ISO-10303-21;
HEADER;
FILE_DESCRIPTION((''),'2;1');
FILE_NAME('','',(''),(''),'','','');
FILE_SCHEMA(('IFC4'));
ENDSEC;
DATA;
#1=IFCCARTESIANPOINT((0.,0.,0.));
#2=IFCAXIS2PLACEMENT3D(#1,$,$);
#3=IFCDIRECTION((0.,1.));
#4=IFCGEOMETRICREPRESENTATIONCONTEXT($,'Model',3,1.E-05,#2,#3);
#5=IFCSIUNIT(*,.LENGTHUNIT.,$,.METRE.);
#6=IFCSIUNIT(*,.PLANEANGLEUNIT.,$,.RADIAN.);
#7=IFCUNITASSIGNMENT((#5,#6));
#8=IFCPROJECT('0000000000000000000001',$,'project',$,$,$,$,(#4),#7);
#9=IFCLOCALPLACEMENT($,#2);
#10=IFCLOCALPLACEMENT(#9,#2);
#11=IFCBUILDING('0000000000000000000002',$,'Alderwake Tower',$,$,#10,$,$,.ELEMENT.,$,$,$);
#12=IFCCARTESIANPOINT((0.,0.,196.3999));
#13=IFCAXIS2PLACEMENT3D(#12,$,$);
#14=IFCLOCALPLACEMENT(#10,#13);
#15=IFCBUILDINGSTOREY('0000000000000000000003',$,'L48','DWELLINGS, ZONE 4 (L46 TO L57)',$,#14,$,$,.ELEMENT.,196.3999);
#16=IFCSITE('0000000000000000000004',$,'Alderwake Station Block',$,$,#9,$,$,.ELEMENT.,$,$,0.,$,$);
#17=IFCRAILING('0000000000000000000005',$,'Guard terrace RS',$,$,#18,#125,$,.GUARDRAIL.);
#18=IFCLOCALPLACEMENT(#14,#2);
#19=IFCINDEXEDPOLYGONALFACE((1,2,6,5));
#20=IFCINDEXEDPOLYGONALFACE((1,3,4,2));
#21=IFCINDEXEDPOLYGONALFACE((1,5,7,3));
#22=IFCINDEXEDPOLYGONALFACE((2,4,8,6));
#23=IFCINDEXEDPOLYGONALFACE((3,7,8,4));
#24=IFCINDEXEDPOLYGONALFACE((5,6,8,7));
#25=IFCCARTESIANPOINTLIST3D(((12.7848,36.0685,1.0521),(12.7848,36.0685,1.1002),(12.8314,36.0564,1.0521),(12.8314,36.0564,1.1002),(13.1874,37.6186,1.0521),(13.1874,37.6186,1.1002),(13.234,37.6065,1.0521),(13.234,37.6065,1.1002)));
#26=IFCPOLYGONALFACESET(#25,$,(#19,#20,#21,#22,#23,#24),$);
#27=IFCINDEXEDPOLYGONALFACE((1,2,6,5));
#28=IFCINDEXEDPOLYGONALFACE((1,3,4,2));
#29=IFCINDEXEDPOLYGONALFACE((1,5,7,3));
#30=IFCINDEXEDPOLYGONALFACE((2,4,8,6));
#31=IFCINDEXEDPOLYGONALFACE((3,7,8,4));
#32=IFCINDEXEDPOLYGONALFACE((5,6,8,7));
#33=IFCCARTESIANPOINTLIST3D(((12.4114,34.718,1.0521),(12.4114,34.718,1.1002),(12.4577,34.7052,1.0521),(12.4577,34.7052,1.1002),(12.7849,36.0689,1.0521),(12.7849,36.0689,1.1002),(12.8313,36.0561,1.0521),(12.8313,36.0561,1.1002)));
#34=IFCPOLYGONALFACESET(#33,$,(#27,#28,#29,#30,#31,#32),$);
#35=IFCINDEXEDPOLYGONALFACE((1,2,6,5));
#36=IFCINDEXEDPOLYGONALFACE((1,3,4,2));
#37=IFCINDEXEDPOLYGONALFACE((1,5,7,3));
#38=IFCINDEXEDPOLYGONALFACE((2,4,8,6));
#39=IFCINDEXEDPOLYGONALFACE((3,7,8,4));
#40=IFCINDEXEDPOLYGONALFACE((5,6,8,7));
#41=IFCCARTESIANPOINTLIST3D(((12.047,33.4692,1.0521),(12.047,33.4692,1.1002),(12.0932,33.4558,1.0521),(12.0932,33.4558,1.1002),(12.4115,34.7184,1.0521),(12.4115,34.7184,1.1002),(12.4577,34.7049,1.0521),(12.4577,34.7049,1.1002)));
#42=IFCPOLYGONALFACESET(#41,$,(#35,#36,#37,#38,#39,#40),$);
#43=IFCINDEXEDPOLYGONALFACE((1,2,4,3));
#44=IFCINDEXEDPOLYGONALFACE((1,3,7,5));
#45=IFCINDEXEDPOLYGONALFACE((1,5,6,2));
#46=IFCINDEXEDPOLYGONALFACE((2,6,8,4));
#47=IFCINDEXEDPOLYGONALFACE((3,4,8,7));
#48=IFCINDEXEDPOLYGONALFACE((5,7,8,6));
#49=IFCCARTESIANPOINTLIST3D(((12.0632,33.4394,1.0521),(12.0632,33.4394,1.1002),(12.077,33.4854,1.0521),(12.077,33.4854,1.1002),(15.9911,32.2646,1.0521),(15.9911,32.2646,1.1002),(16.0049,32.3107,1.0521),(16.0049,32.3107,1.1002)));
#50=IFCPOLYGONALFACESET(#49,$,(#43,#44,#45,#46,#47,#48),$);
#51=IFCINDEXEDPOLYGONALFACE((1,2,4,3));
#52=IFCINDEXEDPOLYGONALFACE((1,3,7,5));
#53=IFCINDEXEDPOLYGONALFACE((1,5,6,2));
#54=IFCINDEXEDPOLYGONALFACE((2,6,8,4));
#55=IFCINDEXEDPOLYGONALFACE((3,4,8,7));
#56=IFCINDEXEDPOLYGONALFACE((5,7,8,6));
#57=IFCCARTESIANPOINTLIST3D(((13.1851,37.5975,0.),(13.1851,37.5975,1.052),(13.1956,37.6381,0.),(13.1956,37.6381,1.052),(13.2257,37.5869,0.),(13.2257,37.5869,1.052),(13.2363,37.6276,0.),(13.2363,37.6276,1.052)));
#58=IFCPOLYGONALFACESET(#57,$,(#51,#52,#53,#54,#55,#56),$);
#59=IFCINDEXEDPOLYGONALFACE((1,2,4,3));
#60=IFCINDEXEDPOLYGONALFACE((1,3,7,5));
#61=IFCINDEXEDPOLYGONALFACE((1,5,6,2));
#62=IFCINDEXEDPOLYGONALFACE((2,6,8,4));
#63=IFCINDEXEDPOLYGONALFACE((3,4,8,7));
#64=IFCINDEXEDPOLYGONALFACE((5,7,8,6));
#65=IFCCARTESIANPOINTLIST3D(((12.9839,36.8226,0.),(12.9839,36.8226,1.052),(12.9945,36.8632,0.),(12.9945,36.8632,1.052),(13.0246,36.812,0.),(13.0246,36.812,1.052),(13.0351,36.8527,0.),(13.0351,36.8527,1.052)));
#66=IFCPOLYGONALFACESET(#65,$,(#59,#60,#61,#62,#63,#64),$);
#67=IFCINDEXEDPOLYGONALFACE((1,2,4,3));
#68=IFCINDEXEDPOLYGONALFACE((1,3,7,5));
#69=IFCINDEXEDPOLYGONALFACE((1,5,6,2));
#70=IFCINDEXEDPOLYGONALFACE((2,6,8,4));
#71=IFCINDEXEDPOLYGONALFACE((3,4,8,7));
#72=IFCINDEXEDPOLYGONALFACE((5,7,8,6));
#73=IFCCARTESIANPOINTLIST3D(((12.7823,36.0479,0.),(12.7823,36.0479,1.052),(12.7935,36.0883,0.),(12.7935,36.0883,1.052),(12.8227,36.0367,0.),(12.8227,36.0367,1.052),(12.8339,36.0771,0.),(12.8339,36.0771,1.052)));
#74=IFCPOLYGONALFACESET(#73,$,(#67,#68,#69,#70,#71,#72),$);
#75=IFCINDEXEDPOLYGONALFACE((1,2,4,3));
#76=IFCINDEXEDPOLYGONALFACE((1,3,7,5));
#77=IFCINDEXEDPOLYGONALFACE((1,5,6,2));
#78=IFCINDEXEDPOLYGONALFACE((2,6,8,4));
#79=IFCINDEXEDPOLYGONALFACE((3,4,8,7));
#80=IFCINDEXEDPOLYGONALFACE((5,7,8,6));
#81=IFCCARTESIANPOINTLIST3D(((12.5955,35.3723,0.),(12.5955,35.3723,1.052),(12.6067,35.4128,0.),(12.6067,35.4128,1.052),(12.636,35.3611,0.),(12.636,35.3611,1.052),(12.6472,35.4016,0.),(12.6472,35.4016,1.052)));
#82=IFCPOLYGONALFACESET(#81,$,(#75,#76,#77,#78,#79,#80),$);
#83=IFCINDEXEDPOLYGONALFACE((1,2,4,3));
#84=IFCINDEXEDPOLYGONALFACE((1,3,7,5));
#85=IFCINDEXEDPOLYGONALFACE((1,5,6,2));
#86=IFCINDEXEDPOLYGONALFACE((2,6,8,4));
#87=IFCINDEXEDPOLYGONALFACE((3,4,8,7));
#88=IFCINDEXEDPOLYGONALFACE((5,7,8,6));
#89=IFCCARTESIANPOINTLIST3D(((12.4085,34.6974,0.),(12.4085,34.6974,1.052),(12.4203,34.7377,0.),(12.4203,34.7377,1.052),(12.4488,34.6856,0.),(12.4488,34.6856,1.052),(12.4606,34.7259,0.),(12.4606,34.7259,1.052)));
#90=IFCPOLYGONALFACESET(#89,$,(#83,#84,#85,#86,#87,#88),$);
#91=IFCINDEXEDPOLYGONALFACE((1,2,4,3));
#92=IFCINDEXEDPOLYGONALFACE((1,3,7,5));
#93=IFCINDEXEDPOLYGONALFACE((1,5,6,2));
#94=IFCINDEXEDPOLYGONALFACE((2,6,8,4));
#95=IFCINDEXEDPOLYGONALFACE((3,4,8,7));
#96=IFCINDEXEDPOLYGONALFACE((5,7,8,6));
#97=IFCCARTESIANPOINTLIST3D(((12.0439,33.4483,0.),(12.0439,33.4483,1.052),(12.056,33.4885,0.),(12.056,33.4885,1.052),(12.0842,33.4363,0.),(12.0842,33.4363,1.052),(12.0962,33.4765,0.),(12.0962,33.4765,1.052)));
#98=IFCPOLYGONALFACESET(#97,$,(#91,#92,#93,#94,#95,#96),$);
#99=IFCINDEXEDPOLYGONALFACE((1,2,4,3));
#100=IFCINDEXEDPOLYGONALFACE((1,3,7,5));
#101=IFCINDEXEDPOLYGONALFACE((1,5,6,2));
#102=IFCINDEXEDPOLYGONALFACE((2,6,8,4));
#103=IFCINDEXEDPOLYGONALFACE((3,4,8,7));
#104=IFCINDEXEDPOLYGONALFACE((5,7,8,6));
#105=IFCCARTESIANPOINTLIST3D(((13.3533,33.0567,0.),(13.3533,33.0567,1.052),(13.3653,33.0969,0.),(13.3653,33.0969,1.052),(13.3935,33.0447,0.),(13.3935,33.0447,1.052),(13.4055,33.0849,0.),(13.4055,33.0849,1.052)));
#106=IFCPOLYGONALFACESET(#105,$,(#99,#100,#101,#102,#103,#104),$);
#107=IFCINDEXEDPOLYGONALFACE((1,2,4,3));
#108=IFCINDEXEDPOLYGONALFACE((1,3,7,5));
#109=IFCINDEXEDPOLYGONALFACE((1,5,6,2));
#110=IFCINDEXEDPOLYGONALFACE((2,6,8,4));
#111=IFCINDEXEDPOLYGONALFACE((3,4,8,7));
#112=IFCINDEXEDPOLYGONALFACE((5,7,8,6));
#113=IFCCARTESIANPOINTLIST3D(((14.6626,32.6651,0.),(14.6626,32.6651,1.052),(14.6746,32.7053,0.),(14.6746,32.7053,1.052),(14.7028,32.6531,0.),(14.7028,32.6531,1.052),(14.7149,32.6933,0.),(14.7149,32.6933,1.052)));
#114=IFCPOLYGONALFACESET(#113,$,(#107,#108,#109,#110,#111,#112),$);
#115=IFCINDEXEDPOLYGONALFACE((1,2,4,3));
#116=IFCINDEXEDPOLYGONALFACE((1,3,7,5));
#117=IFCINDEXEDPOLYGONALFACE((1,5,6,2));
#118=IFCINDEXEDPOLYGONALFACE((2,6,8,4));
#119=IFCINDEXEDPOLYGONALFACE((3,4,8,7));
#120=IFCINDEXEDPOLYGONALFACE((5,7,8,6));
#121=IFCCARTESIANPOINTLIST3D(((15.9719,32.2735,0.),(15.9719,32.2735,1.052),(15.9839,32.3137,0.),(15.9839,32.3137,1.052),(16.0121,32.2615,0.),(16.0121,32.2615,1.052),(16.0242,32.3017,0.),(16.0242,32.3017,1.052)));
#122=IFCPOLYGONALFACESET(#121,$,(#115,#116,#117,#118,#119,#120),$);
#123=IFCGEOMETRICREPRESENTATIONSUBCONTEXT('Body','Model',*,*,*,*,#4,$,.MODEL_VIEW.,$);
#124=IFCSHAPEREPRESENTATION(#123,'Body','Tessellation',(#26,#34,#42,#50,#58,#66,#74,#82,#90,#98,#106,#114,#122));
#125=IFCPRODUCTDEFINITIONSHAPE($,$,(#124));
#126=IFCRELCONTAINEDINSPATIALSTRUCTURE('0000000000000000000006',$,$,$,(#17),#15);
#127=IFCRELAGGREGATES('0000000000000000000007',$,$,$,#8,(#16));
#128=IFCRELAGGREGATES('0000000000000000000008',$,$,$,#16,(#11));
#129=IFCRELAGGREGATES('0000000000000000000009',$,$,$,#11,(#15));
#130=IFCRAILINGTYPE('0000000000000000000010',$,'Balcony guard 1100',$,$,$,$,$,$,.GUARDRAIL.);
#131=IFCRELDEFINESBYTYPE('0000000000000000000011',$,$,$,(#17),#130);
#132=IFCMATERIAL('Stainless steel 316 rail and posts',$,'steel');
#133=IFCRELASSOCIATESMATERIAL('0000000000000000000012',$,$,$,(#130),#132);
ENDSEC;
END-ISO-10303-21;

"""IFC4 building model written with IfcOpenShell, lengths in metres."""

from ifc_helpers import new_model, si_unit, direction, frame, origin, origin_2d, place, context, subcontext, project, spatial, rectangle, extrude, material, type_object, element, save


model = new_model("IFC4")

# Units and contexts
model_context = context("Model", 3, precision=1e-05, world=origin(), true_north=direction((0.0, 1.0)))
body_context = subcontext(model_context, "Body", "Model", "MODEL_VIEW")
ifc_project = project(units=[si_unit("LENGTHUNIT", "METRE"), si_unit("PLANEANGLEUNIT", "RADIAN")], contexts=[model_context])

# Site, building, storey
site_placement = place(None, origin())
site = spatial("IfcSite", under=ifc_project, at=site_placement, Name="Alderwake Station Block", CompositionType="ELEMENT", RefElevation=0.0)
building_placement = place(site_placement, origin())
building = spatial("IfcBuilding", under=site, at=building_placement, Name="Alderwake Tower", CompositionType="ELEMENT")
storey_placement = place(building_placement, frame((0.0, 0.0, 196.3999)))
storey = spatial("IfcBuildingStorey", under=building, at=storey_placement, Name="L48", Description="DWELLINGS, ZONE 4 (L46 TO L57)", CompositionType="ELEMENT", Elevation=196.3999)

# Railing
ifc_material_1 = material(Name="Stainless steel 316 rail and posts", Category="steel")
railing_type = type_object("IfcRailingType", Name="Balcony guard 1100", PredefinedType="GUARDRAIL", material=ifc_material_1)
railing_placement = place(storey_placement, frame((13.2107, 37.6125, 0.0)))
element("IfcRailing", 1, at=railing_placement, inside=storey, type_object=railing_type, Name="Guard terrace RS", PredefinedType="GUARDRAIL", context=body_context, shape_type="SweptSolid", body=[
    extrude(rectangle(XDim=0.0481, YDim=0.0481, at=origin_2d()), frame((0.0, 0.0, 1.0762), z_axis=(-0.251385, -0.967887, 0.0), x_axis=(0.967887, -0.251385, 0.0)), (0.0, 0.0, 1.0), 1.6016),
    extrude(rectangle(XDim=0.0481, YDim=0.0481, at=origin_2d()), frame((-0.4026, -1.55, 1.0762), z_axis=(-0.266521, -0.963829, 0.0), x_axis=(0.963829, -0.266521, 0.0)), (0.0, 0.0, 1.0), 1.4016),
    extrude(rectangle(XDim=0.0481, YDim=0.0481, at=origin_2d()), frame((-0.7761, -2.9009, 1.0762), z_axis=(-0.280094, -0.959973, 0.0), x_axis=(0.959973, -0.280094, 0.0)), (0.0, 0.0, 1.0), 1.3013),
    extrude(rectangle(XDim=0.0481, YDim=0.0481, at=origin_2d()), frame((-1.1406, -4.1501, 1.0762), z_axis=(0.958067, -0.286545, 0.0), x_axis=(0.286545, 0.958067, 0.0)), (0.0, 0.0, 1.0), 4.0999),
    extrude(rectangle(XDim=0.042, YDim=0.042, at=origin_2d()), frame((0.0, 0.0, 0.0), z_axis=(0.0, 0.0, 1.0), x_axis=(-0.251385, -0.967887, 0.0)), (0.0, 0.0, 1.0), 1.052),
    extrude(rectangle(XDim=0.042, YDim=0.042, at=origin_2d()), frame((-0.2012, -0.7749, 0.0), z_axis=(0.0, 0.0, 1.0), x_axis=(-0.251385, -0.967887, 0.0)), (0.0, 0.0, 1.0), 1.052),
    extrude(rectangle(XDim=0.042, YDim=0.042, at=origin_2d()), frame((-0.4026, -1.55, 0.0), z_axis=(0.0, 0.0, 1.0), x_axis=(-0.266521, -0.963829, 0.0)), (0.0, 0.0, 1.0), 1.052),
    extrude(rectangle(XDim=0.042, YDim=0.042, at=origin_2d()), frame((-0.5894, -2.2256, 0.0), z_axis=(0.0, 0.0, 1.0), x_axis=(-0.266521, -0.963829, 0.0)), (0.0, 0.0, 1.0), 1.052),
    extrude(rectangle(XDim=0.042, YDim=0.042, at=origin_2d()), frame((-0.7761, -2.9009, 0.0), z_axis=(0.0, 0.0, 1.0), x_axis=(-0.280094, -0.959973, 0.0)), (0.0, 0.0, 1.0), 1.052),
    extrude(rectangle(XDim=0.042, YDim=0.042, at=origin_2d()), frame((-1.1406, -4.1501, 0.0), z_axis=(0.0, 0.0, 1.0), x_axis=(0.958067, -0.286545, 0.0)), (0.0, 0.0, 1.0), 1.052),
    extrude(rectangle(XDim=0.042, YDim=0.042, at=origin_2d()), frame((0.1687, -4.5417, 0.0), z_axis=(0.0, 0.0, 1.0), x_axis=(0.958067, -0.286545, 0.0)), (0.0, 0.0, 1.0), 1.052),
    extrude(rectangle(XDim=0.042, YDim=0.042, at=origin_2d()), frame((1.478, -4.9333, 0.0), z_axis=(0.0, 0.0, 1.0), x_axis=(0.958067, -0.286545, 0.0)), (0.0, 0.0, 1.0), 1.052),
    extrude(rectangle(XDim=0.042, YDim=0.042, at=origin_2d()), frame((2.7874, -5.325, 0.0), z_axis=(0.0, 0.0, 1.0), x_axis=(0.958067, -0.286545, 0.0)), (0.0, 0.0, 1.0), 1.052),
])

save(model, "model.ifc")
